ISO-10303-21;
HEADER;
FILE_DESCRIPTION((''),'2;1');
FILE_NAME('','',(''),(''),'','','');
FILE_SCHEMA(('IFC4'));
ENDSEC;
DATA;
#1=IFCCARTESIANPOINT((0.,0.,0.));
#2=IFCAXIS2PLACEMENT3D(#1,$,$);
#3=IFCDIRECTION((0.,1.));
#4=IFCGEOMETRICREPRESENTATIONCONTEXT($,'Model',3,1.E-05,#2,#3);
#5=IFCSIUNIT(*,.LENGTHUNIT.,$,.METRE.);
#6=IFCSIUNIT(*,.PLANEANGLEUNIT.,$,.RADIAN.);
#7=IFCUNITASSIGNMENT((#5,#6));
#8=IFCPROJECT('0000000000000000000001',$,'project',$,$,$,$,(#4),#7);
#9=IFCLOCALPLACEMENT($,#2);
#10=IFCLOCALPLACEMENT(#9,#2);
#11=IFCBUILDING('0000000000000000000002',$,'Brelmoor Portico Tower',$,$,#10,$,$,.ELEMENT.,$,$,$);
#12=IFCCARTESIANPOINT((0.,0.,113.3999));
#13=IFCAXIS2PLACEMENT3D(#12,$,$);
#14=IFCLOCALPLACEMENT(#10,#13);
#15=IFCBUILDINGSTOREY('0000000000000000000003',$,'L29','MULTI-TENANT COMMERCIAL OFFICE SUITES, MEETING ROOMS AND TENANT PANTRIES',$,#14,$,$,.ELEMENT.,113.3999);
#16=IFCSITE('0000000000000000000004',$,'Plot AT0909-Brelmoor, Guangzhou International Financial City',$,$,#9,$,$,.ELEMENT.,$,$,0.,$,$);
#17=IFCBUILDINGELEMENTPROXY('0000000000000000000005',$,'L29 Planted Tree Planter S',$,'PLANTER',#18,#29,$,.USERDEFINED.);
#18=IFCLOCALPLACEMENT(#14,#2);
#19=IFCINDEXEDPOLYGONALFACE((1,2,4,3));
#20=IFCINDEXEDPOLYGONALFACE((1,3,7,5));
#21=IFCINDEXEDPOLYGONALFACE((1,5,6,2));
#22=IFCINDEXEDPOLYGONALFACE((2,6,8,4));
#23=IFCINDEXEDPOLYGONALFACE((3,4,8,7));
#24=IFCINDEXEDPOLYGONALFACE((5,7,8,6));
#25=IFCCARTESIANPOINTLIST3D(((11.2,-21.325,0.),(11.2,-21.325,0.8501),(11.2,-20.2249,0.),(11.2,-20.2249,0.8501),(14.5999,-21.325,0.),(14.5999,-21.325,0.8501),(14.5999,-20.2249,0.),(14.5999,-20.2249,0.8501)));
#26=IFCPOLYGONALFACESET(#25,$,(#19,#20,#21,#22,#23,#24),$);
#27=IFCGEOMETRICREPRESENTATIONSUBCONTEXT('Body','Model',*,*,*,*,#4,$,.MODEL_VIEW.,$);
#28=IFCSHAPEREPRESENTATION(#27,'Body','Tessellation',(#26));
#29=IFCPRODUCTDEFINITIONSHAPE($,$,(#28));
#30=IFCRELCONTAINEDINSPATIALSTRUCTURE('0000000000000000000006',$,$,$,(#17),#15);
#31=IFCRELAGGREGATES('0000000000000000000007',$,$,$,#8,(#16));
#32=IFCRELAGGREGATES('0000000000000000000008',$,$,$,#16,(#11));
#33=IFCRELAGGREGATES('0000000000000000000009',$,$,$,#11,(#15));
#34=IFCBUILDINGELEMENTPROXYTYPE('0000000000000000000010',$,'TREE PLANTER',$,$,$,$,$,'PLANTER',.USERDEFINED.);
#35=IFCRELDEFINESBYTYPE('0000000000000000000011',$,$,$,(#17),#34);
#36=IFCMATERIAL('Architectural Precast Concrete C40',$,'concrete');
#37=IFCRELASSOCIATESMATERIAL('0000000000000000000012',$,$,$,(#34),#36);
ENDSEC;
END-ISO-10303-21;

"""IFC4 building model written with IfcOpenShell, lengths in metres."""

from ifc_helpers import new_model, si_unit, direction, frame, origin, origin_2d, place, context, subcontext, project, spatial, rectangle, extrude, material, type_object, element, save


model = new_model("IFC4")

# Units and contexts
model_context = context("Model", 3, precision=1e-05, world=origin(), true_north=direction((0.0, 1.0)))
body_context = subcontext(model_context, "Body", "Model", "MODEL_VIEW")
ifc_project = project(units=[si_unit("LENGTHUNIT", "METRE"), si_unit("PLANEANGLEUNIT", "RADIAN")], contexts=[model_context])

# Site, building, storey
site_placement = place(None, origin())
site = spatial("IfcSite", under=ifc_project, at=site_placement, Name="Plot AT0909-Brelmoor, Guangzhou International Financial City", CompositionType="ELEMENT", RefElevation=0.0)
building_placement = place(site_placement, origin())
building = spatial("IfcBuilding", under=site, at=building_placement, Name="Brelmoor Portico Tower", CompositionType="ELEMENT")
storey_placement = place(building_placement, frame((0.0, 0.0, 113.3999)))
storey = spatial("IfcBuildingStorey", under=building, at=storey_placement, Name="L29", Description="MULTI-TENANT COMMERCIAL OFFICE SUITES, MEETING ROOMS AND TENANT PANTRIES", CompositionType="ELEMENT", Elevation=113.3999)

# Building element proxy
ifc_material_1 = material(Name="Architectural Precast Concrete C40", Category="concrete")
building_element_proxy_type = type_object("IfcBuildingElementProxyType", Name="TREE PLANTER", ElementType="PLANTER", PredefinedType="USERDEFINED", material=ifc_material_1)
proxy_placement = place(storey_placement, frame((12.8999, -20.7749, 0.0), z_axis=(0.0, 0.0, 1.0), x_axis=(1.0, 0.0, 0.0)))
element("IfcBuildingElementProxy", 1, at=proxy_placement, inside=storey, type_object=building_element_proxy_type, Name="L29 Planted Tree Planter S", ObjectType="PLANTER", PredefinedType="USERDEFINED", context=body_context, shape_type="SweptSolid", body=[
    extrude(rectangle(XDim=3.3999, YDim=1.1001, at=origin_2d()), origin(), (0.0, 0.0, 1.0), 0.8501),
])

save(model, "model.ifc")
